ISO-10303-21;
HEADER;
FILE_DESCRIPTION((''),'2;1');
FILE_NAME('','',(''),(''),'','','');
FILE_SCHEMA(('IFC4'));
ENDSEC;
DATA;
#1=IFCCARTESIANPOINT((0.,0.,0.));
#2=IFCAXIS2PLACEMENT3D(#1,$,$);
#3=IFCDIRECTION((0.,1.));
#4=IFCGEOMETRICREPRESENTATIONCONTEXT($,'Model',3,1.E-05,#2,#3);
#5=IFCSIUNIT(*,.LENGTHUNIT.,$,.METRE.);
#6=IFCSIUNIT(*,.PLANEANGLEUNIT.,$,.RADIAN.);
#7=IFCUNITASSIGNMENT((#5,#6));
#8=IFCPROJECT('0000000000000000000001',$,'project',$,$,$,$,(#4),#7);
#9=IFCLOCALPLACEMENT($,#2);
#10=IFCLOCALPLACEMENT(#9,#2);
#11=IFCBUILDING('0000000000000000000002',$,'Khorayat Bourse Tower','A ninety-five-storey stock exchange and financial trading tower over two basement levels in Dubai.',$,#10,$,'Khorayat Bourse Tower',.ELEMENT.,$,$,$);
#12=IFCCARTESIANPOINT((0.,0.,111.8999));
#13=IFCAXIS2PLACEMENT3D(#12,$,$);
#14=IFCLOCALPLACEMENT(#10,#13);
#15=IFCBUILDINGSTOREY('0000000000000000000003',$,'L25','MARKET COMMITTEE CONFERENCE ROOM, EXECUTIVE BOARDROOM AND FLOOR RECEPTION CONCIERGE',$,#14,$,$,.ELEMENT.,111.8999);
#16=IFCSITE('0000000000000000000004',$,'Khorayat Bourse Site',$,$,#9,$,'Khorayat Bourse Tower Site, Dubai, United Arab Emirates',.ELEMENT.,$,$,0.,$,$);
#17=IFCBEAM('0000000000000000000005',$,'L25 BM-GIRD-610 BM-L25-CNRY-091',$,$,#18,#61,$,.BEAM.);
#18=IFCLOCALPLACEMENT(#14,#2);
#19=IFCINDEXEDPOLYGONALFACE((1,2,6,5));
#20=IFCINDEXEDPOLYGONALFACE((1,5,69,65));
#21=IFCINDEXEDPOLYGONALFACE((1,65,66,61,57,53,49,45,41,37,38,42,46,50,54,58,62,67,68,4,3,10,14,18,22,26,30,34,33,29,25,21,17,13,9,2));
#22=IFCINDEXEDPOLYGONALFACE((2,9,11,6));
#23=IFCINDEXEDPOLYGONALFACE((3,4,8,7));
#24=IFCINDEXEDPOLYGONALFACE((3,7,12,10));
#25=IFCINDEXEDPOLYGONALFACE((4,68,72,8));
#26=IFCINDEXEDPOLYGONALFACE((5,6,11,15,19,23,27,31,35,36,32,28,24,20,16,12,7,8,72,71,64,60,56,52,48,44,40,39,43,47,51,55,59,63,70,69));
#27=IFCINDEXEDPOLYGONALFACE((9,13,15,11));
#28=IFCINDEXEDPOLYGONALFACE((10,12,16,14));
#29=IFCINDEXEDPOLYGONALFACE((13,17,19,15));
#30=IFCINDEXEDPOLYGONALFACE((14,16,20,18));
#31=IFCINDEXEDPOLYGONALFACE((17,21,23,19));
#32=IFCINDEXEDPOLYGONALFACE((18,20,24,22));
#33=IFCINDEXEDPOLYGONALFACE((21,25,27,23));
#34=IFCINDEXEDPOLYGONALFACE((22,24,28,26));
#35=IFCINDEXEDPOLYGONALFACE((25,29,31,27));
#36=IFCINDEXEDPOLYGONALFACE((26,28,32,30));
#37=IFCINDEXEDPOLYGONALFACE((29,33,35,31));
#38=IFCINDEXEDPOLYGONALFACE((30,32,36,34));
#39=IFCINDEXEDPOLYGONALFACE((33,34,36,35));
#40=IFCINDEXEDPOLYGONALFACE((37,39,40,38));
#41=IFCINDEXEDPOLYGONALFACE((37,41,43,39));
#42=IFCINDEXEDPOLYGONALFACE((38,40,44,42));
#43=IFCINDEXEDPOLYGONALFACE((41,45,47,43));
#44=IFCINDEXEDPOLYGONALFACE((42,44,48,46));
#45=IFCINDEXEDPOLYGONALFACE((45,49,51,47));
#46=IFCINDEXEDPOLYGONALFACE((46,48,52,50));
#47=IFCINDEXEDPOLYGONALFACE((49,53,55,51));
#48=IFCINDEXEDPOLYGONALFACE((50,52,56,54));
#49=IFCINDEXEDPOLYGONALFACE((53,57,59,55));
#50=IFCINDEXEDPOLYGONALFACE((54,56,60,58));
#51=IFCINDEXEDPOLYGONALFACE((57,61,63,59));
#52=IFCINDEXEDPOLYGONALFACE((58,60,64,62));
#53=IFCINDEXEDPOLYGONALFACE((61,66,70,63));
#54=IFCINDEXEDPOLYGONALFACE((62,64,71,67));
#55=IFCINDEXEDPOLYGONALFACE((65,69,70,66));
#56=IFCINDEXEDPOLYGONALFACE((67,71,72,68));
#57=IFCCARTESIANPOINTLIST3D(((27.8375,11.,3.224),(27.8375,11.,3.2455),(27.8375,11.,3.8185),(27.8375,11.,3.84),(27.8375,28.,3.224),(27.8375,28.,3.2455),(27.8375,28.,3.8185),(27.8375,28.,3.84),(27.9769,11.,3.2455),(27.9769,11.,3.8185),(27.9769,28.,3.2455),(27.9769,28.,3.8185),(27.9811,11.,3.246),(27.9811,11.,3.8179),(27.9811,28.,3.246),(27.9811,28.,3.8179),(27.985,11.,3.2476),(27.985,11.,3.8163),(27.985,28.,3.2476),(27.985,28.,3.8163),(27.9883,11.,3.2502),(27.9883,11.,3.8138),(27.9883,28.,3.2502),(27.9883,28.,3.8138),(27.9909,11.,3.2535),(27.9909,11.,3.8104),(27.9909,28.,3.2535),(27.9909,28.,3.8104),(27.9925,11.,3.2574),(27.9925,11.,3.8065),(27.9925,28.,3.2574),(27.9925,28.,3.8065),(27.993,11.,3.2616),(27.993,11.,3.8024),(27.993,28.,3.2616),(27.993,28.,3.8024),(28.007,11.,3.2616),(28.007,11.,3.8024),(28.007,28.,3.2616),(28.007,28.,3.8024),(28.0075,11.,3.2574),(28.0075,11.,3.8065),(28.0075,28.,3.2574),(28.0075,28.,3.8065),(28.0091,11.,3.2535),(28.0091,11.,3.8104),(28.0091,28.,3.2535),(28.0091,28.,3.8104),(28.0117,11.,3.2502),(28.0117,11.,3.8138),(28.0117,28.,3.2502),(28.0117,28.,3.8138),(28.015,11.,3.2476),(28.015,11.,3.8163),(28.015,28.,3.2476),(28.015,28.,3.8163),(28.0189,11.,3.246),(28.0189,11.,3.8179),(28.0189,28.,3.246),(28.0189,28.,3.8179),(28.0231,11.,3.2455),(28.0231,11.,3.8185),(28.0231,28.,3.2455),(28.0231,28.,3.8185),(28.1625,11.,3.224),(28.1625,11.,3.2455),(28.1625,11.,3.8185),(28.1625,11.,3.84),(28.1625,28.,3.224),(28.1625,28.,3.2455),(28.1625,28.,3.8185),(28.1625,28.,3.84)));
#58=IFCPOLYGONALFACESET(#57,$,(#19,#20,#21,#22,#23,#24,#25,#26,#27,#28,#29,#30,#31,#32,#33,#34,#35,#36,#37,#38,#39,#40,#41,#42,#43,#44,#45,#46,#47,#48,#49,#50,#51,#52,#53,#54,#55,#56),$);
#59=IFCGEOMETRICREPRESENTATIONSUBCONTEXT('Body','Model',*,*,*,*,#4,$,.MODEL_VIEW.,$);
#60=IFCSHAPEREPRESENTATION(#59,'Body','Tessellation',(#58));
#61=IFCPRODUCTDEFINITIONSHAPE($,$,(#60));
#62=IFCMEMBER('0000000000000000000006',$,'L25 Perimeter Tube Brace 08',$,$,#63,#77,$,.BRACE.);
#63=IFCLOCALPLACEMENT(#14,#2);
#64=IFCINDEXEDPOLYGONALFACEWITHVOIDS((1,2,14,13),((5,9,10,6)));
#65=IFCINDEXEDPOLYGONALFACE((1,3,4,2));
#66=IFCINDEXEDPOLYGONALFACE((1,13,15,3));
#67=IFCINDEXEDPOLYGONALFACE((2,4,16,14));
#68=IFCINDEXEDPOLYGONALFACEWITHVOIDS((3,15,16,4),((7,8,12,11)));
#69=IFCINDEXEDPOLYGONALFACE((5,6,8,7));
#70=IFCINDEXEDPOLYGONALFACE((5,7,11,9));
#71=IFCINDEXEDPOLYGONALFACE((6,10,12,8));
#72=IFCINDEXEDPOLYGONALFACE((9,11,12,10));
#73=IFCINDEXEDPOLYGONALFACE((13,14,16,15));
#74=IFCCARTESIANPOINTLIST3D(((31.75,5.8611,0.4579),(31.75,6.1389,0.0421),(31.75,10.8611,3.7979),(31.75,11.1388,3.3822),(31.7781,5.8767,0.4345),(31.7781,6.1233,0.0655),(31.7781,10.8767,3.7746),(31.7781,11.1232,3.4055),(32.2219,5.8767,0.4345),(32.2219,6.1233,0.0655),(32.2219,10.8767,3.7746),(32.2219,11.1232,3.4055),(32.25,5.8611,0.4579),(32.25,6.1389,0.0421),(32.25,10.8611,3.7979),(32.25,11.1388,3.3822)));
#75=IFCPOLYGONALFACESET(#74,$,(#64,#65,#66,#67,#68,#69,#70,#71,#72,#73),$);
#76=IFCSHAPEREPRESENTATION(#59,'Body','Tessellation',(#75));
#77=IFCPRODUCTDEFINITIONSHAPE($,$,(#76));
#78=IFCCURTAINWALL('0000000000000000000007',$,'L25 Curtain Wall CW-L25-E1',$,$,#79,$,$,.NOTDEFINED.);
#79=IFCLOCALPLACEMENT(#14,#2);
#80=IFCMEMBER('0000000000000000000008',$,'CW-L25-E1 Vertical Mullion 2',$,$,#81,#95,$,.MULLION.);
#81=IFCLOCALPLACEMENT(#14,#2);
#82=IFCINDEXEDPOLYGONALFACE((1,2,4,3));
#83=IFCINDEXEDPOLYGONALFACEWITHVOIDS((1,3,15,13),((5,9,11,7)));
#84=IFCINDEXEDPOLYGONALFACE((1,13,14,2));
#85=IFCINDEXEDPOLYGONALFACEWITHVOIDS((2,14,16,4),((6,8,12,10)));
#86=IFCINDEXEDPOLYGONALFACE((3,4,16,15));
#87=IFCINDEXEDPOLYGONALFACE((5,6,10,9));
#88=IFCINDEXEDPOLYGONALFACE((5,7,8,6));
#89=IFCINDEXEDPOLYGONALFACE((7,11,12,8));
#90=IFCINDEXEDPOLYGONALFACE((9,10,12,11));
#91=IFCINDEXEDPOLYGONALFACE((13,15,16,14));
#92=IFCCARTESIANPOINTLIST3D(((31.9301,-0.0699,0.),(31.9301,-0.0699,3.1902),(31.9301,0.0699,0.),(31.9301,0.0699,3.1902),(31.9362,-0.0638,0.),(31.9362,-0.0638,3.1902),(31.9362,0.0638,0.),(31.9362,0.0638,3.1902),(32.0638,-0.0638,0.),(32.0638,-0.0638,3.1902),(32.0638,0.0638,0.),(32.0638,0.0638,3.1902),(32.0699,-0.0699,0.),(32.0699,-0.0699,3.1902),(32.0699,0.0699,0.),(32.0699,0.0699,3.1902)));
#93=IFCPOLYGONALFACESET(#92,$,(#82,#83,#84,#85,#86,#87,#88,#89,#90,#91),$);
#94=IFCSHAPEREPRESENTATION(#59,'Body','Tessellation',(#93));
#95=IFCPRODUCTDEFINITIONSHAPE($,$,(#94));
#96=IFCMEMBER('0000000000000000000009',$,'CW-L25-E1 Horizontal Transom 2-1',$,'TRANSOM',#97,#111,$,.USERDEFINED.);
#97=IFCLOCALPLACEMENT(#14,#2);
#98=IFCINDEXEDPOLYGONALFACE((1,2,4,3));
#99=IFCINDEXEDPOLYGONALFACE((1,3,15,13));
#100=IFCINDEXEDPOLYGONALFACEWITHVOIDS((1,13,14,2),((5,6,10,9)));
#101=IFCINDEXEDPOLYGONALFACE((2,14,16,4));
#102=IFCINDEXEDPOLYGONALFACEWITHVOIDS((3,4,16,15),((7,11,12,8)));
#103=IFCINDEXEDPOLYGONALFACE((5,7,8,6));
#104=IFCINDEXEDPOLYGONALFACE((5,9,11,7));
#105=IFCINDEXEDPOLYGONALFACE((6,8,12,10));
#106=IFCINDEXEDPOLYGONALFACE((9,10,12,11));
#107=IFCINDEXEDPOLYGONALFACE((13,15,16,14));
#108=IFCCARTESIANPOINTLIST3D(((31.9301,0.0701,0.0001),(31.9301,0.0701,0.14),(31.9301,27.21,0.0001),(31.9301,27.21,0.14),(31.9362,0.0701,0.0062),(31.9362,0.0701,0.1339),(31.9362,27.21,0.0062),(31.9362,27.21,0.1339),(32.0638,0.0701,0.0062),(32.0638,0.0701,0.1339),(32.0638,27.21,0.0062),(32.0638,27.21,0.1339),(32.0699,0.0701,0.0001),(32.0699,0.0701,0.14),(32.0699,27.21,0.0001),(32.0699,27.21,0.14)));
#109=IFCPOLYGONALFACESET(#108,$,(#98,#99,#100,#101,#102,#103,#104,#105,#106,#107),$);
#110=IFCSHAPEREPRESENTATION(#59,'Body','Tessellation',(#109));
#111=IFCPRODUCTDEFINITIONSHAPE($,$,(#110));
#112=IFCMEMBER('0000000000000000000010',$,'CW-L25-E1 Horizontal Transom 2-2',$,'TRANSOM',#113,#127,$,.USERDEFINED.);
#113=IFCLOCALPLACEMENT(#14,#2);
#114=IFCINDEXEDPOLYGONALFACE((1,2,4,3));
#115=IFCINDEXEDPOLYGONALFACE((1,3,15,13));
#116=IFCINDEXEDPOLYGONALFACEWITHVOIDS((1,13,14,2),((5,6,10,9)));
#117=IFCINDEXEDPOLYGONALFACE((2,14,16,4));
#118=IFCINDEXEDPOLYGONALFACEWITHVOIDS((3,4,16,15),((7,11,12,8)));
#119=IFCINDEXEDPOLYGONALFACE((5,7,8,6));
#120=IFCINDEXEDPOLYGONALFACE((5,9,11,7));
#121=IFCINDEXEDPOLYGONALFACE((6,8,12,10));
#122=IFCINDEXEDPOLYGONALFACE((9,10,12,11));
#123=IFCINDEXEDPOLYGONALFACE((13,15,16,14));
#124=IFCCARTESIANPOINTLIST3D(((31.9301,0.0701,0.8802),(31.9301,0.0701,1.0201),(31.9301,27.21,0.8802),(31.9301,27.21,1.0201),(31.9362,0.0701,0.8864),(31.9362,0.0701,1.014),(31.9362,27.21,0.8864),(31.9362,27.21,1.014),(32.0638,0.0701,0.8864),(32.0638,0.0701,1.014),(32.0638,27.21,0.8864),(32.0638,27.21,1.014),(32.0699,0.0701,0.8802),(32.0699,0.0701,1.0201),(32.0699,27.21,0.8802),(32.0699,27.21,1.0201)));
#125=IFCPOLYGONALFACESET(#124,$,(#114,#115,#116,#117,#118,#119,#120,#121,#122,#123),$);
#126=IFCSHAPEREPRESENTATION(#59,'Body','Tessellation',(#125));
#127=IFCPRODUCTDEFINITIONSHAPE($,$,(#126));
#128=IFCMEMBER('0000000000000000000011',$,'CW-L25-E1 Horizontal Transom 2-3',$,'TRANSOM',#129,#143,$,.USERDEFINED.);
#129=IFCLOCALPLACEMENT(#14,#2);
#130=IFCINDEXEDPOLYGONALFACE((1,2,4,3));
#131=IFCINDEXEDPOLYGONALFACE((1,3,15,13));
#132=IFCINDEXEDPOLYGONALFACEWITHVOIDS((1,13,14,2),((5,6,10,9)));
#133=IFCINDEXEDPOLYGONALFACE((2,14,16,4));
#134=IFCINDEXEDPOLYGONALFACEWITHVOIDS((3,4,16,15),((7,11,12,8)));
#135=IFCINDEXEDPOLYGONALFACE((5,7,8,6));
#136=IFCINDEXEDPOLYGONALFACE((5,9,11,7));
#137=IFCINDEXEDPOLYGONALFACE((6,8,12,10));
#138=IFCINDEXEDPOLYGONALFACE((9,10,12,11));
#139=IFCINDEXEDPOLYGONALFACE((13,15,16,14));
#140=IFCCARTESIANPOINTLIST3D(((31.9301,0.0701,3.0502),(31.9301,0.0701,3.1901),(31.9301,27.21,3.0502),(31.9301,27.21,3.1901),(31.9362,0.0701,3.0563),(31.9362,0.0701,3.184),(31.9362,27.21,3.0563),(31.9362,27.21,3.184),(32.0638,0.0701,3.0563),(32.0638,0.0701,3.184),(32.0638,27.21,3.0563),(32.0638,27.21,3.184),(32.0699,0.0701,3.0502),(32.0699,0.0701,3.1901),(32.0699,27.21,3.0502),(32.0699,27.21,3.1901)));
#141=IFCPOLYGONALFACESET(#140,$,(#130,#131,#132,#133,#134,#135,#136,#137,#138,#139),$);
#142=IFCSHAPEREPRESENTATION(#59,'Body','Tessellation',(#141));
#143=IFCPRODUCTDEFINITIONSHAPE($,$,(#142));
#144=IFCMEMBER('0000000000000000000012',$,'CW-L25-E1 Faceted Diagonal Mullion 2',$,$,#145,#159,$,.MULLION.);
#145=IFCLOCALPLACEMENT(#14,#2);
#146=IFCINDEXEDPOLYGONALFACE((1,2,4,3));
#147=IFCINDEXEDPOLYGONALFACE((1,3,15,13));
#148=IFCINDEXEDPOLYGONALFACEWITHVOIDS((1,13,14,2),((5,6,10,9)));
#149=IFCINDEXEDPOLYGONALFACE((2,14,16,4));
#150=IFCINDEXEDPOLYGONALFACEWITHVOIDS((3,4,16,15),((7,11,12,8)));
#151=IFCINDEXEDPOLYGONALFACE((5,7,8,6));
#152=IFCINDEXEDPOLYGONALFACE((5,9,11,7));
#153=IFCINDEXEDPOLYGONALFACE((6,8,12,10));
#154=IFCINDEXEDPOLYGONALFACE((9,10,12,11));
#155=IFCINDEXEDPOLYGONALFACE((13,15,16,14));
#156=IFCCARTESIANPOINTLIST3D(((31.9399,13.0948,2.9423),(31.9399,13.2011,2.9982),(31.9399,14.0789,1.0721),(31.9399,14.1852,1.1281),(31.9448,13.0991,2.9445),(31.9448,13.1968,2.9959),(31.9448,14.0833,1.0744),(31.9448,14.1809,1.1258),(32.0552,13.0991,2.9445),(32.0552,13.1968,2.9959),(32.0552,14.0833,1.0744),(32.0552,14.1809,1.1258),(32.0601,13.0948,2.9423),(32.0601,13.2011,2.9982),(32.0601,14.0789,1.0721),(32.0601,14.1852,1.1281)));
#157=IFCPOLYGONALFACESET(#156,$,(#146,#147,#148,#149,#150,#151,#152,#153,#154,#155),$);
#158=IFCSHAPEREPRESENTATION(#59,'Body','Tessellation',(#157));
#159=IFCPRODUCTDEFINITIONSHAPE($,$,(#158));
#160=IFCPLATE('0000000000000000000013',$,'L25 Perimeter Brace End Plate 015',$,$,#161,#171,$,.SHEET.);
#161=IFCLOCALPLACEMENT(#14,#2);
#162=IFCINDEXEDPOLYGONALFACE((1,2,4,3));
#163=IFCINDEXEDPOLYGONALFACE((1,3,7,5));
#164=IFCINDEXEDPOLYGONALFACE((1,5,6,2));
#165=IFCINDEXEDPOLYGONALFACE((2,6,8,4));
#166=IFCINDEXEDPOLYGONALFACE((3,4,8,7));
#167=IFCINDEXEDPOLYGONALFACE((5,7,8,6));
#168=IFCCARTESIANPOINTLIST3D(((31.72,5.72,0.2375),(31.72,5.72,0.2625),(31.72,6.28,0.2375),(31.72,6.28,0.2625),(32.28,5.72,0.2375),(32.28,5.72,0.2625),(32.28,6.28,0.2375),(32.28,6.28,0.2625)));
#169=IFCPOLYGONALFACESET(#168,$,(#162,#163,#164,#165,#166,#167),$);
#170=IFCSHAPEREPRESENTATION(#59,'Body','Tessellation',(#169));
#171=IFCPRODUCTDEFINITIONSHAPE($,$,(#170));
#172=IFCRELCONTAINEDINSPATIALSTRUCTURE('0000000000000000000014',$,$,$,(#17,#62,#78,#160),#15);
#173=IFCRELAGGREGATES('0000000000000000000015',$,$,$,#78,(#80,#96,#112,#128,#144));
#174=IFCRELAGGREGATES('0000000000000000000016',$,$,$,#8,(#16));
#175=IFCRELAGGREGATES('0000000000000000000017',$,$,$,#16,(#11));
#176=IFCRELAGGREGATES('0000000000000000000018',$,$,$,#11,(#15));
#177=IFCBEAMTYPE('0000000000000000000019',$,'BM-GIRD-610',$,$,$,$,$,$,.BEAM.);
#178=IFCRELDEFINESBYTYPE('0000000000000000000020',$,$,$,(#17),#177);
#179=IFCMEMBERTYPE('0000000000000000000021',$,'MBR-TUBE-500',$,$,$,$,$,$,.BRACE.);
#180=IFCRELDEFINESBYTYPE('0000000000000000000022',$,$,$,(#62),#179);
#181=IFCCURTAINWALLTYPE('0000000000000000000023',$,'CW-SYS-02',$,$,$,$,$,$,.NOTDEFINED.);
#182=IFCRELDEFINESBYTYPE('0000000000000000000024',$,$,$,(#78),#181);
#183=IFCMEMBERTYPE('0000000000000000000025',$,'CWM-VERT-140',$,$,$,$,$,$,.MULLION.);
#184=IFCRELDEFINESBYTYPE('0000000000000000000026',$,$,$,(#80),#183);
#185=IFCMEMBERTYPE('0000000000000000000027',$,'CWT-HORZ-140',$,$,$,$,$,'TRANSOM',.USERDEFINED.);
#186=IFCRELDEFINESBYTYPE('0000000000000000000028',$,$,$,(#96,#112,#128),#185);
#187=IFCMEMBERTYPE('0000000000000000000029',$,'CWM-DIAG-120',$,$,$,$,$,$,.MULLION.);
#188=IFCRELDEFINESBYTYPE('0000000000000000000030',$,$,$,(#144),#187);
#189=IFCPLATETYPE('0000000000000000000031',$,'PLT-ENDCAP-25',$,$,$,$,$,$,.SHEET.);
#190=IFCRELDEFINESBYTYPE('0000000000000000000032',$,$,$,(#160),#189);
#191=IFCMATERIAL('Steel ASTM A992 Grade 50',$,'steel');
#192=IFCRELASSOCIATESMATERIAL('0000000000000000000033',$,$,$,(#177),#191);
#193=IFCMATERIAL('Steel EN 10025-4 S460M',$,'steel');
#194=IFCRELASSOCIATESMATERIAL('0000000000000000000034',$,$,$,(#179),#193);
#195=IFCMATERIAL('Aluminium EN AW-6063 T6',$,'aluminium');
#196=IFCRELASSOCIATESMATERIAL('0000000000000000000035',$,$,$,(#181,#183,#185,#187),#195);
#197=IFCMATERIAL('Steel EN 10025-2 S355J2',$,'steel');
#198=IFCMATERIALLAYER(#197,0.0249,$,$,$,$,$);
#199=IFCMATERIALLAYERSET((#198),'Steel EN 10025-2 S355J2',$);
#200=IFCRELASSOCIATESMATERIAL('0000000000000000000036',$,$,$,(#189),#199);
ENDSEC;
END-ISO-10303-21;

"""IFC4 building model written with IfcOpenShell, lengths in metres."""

from ifc_helpers import new_model, si_unit, direction, frame, origin, origin_2d, place, context, subcontext, project, spatial, rectangle, hollow_rectangle, i_section, extrude, source, transform, mapped, material, layer, layer_set, material_profile, profile_set, type_object, element, aggregate, save


model = new_model("IFC4")

# Units and contexts
model_context = context("Model", 3, precision=1e-05, world=origin(), true_north=direction((0.0, 1.0)))
body_context = subcontext(model_context, "Body", "Model", "MODEL_VIEW")
ifc_project = project(units=[si_unit("LENGTHUNIT", "METRE"), si_unit("PLANEANGLEUNIT", "RADIAN")], contexts=[model_context])

# Site, building, storey
site_placement = place(None, origin())
site = spatial("IfcSite", under=ifc_project, at=site_placement, Name="Khorayat Bourse Site", LongName="Khorayat Bourse Tower Site, Dubai, United Arab Emirates", CompositionType="ELEMENT", RefElevation=0.0)
building_placement = place(site_placement, origin())
building = spatial("IfcBuilding", under=site, at=building_placement, Name="Khorayat Bourse Tower", Description="A ninety-five-storey stock exchange and financial trading tower over two basement levels in Dubai.", LongName="Khorayat Bourse Tower", CompositionType="ELEMENT")
storey_placement = place(building_placement, frame((0.0, 0.0, 111.8999)))
storey = spatial("IfcBuildingStorey", under=building, at=storey_placement, Name="L25", Description="MARKET COMMITTEE CONFERENCE ROOM, EXECUTIVE BOARDROOM AND FLOOR RECEPTION CONCIERGE", CompositionType="ELEMENT", Elevation=111.8999)

# Shared definitions
ifc_material_1 = material(Name="Steel EN 10025-4 S460M", Category="steel")

# Beam
ifc_material_2 = material(Name="Steel ASTM A992 Grade 50", Category="steel")
ifc_material_profile_1 = material_profile(ifc_material_2, i_section(OverallWidth=0.325, OverallDepth=0.616, WebThickness=0.0139, FlangeThickness=0.0215, FilletRadius=0.0161, at=origin_2d()), Name="W610X174")
ifc_profile_set_1 = profile_set([ifc_material_profile_1], Name="Steel ASTM A992 Grade 50")
beam_type_1 = type_object("IfcBeamType", Name="BM-GIRD-610", PredefinedType="BEAM", material=ifc_profile_set_1)
shared_shape_1 = source(origin(), body_context, "Body", "SweptSolid", [
    extrude(i_section(OverallWidth=0.325, OverallDepth=0.616, WebThickness=0.0139, FlangeThickness=0.0215, FilletRadius=0.0161, at=origin_2d()), origin(), (0.0, 0.0, 1.0), 17.0),
])
beam_1_placement = place(storey_placement, frame((28.0, 11.0, 3.532), z_axis=(0.0, 1.0, 0.0), x_axis=(-1.0, 0.0, 0.0)))
element("IfcBeam", 1, at=beam_1_placement, inside=storey, type_object=beam_type_1, Name="L25 BM-GIRD-610 BM-L25-CNRY-091", PredefinedType="BEAM", context=body_context, shape_type="MappedRepresentation", body=[
    mapped(shared_shape_1, transform((0.0, 0.0, 0.0), scale=1.0)),
])

# Member
ifc_material_profile_2 = material_profile(ifc_material_1, hollow_rectangle(XDim=0.5, YDim=0.5, WallThickness=0.0281, at=origin_2d()), Name="HSS 500x500x28")
ifc_profile_set_2 = profile_set([ifc_material_profile_2], Name="Steel EN 10025-4 S460M")
member_type_1 = type_object("IfcMemberType", Name="MBR-TUBE-500", PredefinedType="BRACE", material=ifc_profile_set_2)
shared_shape_2 = source(origin(), body_context, "Body", "SweptSolid", [
    extrude(hollow_rectangle(XDim=0.5, YDim=0.5, WallThickness=0.0281, at=origin_2d()), origin(), (0.0, 0.0, 1.0), 6.0129),
])
member_1_placement = place(storey_placement, frame((32.0, 6.0, 0.25), z_axis=(0.0, 0.831531, 0.555478), x_axis=(-1.0, 0.0, 0.0)))
element("IfcMember", 2, at=member_1_placement, inside=storey, type_object=member_type_1, Name="L25 Perimeter Tube Brace 08", PredefinedType="BRACE", context=body_context, shape_type="MappedRepresentation", body=[
    mapped(shared_shape_2, transform((0.0, 0.0, 0.0), scale=1.0)),
])

# Curtain wall, members
ifc_material_3 = material(Name="Aluminium EN AW-6063 T6", Category="aluminium")
curtain_wall_type = type_object("IfcCurtainWallType", Name="CW-SYS-02", PredefinedType="NOTDEFINED", material=ifc_material_3)
curtain_wall_placement = place(storey_placement, origin())
curtain_wall = element("IfcCurtainWall", 3, at=curtain_wall_placement, inside=storey, type_object=curtain_wall_type, Name="L25 Curtain Wall CW-L25-E1", PredefinedType="NOTDEFINED")
ifc_material_profile_3 = material_profile(ifc_material_3, hollow_rectangle(XDim=0.1399, YDim=0.1399, WallThickness=0.0061, at=origin_2d()), Name="ALU 140x140x6")
ifc_profile_set_3 = profile_set([ifc_material_profile_3], Name="Aluminium EN AW-6063 T6")
member_type_2 = type_object("IfcMemberType", Name="CWM-VERT-140", PredefinedType="MULLION", material=ifc_profile_set_3)
shared_shape_3 = source(origin(), body_context, "Body", "SweptSolid", [
    extrude(hollow_rectangle(XDim=0.1399, YDim=0.1399, WallThickness=0.0061, at=origin_2d()), origin(), (0.0, 0.0, 1.0), 3.1902),
])
member_2_placement = place(storey_placement, frame((32.0, 0.0, 0.0), z_axis=(0.0, 0.0, 1.0), x_axis=(-1.0, 0.0, 0.0)))
member_2 = element("IfcMember", 4, at=member_2_placement, type_object=member_type_2, Name="CW-L25-E1 Vertical Mullion 2", PredefinedType="MULLION", context=body_context, shape_type="MappedRepresentation", body=[
    mapped(shared_shape_3, transform((0.0, 0.0, 0.0), scale=1.0)),
])
ifc_material_profile_4 = material_profile(ifc_material_3, hollow_rectangle(XDim=0.1399, YDim=0.1399, WallThickness=0.0061, at=origin_2d()), Name="ALU 140x140x6")
ifc_profile_set_4 = profile_set([ifc_material_profile_4], Name="Aluminium EN AW-6063 T6")
member_type_3 = type_object("IfcMemberType", Name="CWT-HORZ-140", ElementType="TRANSOM", PredefinedType="USERDEFINED", material=ifc_profile_set_4)
shared_shape_4 = source(origin(), body_context, "Body", "SweptSolid", [
    extrude(hollow_rectangle(XDim=0.1399, YDim=0.1399, WallThickness=0.0061, at=origin_2d()), origin(), (0.0, 0.0, 1.0), 27.1399),
])
member_3_placement = place(storey_placement, frame((32.0, 0.0701, 0.0701), z_axis=(0.0, 1.0, 0.0), x_axis=(-1.0, 0.0, 0.0)))
member_3 = element("IfcMember", 5, at=member_3_placement, type_object=member_type_3, Name="CW-L25-E1 Horizontal Transom 2-1", ObjectType="TRANSOM", PredefinedType="USERDEFINED", context=body_context, shape_type="MappedRepresentation", body=[
    mapped(shared_shape_4, transform((0.0, 0.0, 0.0), scale=1.0)),
])
member_4_placement = place(storey_placement, frame((32.0, 0.0701, 0.9502), z_axis=(0.0, 1.0, 0.0), x_axis=(-1.0, 0.0, 0.0)))
member_4 = element("IfcMember", 6, at=member_4_placement, type_object=member_type_3, Name="CW-L25-E1 Horizontal Transom 2-2", ObjectType="TRANSOM", PredefinedType="USERDEFINED", context=body_context, shape_type="MappedRepresentation", body=[
    mapped(shared_shape_4, transform((0.0, 0.0, 0.0), scale=1.0)),
])
member_5_placement = place(storey_placement, frame((32.0, 0.0701, 3.1201), z_axis=(0.0, 1.0, 0.0), x_axis=(-1.0, 0.0, 0.0)))
member_5 = element("IfcMember", 7, at=member_5_placement, type_object=member_type_3, Name="CW-L25-E1 Horizontal Transom 2-3", ObjectType="TRANSOM", PredefinedType="USERDEFINED", context=body_context, shape_type="MappedRepresentation", body=[
    mapped(shared_shape_4, transform((0.0, 0.0, 0.0), scale=1.0)),
])
ifc_material_profile_5 = material_profile(ifc_material_3, hollow_rectangle(XDim=0.1201, YDim=0.1201, WallThickness=0.0049, at=origin_2d()), Name="ALU 120x120x5")
ifc_profile_set_5 = profile_set([ifc_material_profile_5], Name="Aluminium EN AW-6063 T6")
member_type_4 = type_object("IfcMemberType", Name="CWM-DIAG-120", PredefinedType="MULLION", material=ifc_profile_set_5)
shared_shape_5 = source(origin(), body_context, "Body", "SweptSolid", [
    extrude(hollow_rectangle(XDim=0.1201, YDim=0.1201, WallThickness=0.0049, at=origin_2d()), origin(), (0.0, 0.0, 1.0), 2.1133),
])
member_6_placement = place(storey_placement, frame((32.0, 14.1321, 1.1001), z_axis=(0.0, -0.465694, 0.884946), x_axis=(1.0, 0.0, 0.0)))
member_6 = element("IfcMember", 8, at=member_6_placement, type_object=member_type_4, Name="CW-L25-E1 Faceted Diagonal Mullion 2", PredefinedType="MULLION", context=body_context, shape_type="MappedRepresentation", body=[
    mapped(shared_shape_5, transform((0.0, 0.0, 0.0), scale=1.0)),
])

# Plate
ifc_material_4 = material(Name="Steel EN 10025-2 S355J2", Category="steel")
ifc_layer_1 = layer(ifc_material_4, 0.0249)
ifc_layer_set_1 = layer_set([ifc_layer_1], Name="Steel EN 10025-2 S355J2")
plate_type_1 = type_object("IfcPlateType", Name="PLT-ENDCAP-25", PredefinedType="SHEET", material=ifc_layer_set_1)
shared_shape_6 = source(origin(), body_context, "Body", "SweptSolid", [
    extrude(rectangle(XDim=0.5601, YDim=0.5601, at=origin_2d()), origin(), (0.0, 0.0, 1.0), 0.0249),
])
for number, where, z_axis, x_axis, name in (
    (9, (32.0, 6.0, 0.2375), (0.0, 0.0, 1.0), (1.0, 0.0, 0.0), "L25 Perimeter Brace End Plate 015"),
):
    element("IfcPlate", number, at=place(storey_placement, frame(where, z_axis=z_axis, x_axis=x_axis)), inside=storey, type_object=plate_type_1, Name=name, PredefinedType="SHEET", context=body_context, shape_type="MappedRepresentation", body=[
        mapped(shared_shape_6, transform((0.0, 0.0, 0.0), scale=1.0)),
    ])

aggregate(curtain_wall, [member_2, member_3, member_4, member_5, member_6])

save(model, "model.ifc")
